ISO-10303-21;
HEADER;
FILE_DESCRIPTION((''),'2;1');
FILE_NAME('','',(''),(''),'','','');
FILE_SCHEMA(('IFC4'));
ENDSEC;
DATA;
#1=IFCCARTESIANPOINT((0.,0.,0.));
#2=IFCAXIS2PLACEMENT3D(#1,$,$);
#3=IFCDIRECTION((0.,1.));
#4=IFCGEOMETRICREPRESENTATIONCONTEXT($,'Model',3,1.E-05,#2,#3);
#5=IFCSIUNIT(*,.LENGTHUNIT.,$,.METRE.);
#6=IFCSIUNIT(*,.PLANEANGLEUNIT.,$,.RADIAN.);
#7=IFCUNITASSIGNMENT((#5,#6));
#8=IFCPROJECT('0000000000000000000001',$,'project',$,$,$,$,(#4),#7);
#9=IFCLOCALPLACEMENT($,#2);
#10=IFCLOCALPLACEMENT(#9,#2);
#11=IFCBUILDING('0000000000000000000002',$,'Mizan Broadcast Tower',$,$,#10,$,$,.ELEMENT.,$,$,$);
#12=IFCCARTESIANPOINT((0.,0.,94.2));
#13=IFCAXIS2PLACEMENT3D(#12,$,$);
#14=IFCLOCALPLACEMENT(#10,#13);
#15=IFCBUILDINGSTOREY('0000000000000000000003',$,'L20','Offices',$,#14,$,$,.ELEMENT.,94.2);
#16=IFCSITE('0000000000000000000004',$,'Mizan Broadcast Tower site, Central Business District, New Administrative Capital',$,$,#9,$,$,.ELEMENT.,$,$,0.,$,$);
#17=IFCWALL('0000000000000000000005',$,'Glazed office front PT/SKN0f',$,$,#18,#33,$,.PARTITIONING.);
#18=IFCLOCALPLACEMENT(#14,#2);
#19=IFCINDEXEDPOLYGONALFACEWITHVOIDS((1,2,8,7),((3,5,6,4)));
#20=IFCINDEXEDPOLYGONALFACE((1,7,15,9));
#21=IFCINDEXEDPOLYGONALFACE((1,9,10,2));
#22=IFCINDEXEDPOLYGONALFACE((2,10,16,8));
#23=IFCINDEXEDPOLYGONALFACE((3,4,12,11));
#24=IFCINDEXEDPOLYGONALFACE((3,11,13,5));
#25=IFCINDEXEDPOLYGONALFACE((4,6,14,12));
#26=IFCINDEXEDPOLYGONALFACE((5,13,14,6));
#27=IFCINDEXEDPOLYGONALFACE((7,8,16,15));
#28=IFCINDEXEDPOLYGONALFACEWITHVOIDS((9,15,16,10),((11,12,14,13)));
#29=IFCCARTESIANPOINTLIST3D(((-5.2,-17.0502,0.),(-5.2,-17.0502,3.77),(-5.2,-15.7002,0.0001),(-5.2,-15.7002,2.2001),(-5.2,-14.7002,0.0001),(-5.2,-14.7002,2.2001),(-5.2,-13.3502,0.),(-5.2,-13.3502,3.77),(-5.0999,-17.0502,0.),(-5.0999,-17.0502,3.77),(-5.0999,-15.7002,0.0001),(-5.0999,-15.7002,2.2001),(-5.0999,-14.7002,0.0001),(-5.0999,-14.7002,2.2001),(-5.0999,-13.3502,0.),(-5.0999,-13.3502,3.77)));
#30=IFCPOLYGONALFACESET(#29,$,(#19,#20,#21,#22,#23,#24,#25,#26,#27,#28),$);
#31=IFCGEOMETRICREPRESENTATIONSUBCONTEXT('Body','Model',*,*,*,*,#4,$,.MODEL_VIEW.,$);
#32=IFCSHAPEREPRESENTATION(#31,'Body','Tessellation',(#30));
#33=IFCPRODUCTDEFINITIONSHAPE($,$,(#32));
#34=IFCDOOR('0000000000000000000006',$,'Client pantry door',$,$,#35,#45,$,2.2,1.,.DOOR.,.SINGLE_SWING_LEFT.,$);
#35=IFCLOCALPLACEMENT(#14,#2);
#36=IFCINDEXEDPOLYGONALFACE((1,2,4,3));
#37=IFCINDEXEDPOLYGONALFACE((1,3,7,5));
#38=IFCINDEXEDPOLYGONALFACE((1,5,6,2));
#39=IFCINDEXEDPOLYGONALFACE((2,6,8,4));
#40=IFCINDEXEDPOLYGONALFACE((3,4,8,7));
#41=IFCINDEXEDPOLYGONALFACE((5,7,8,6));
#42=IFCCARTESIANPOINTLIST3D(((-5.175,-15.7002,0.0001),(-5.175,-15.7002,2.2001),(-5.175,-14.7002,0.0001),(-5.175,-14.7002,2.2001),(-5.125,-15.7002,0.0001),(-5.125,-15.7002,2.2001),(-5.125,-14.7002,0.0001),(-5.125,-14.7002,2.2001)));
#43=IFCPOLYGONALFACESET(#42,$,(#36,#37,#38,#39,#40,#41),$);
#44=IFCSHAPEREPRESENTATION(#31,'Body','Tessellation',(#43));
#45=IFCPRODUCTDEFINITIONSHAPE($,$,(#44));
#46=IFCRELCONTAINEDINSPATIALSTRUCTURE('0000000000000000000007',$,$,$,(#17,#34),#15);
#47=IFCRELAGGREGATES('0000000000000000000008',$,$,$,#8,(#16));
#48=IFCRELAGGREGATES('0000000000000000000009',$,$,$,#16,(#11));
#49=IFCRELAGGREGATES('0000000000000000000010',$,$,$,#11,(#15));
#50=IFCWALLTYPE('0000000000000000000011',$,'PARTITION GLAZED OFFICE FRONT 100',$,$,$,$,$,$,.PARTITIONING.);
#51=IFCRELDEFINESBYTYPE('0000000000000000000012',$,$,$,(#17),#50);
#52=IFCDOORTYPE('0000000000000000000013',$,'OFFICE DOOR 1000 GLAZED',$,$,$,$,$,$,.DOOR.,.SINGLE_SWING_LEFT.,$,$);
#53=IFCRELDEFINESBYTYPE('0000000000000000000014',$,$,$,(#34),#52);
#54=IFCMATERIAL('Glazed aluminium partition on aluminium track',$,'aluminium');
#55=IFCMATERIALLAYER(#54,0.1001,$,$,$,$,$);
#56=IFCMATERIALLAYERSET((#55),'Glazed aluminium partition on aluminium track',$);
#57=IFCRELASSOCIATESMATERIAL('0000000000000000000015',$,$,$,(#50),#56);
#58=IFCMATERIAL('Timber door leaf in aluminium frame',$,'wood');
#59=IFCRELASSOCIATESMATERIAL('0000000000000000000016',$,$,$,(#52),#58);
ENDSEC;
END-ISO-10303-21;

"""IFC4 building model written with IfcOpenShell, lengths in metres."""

from ifc_helpers import new_model, si_unit, direction, frame, frame_2d, origin, place, context, subcontext, project, spatial, rectangle, extrude, material, layer, layer_set, type_object, element, fill, save


model = new_model("IFC4")

# Units and contexts
model_context = context("Model", 3, precision=1e-05, world=origin(), true_north=direction((0.0, 1.0)))
body_context = subcontext(model_context, "Body", "Model", "MODEL_VIEW")
ifc_project = project(units=[si_unit("LENGTHUNIT", "METRE"), si_unit("PLANEANGLEUNIT", "RADIAN")], contexts=[model_context])

# Site, building, storey
site_placement = place(None, origin())
site = spatial("IfcSite", under=ifc_project, at=site_placement, Name="Mizan Broadcast Tower site, Central Business District, New Administrative Capital", CompositionType="ELEMENT", RefElevation=0.0)
building_placement = place(site_placement, origin())
building = spatial("IfcBuilding", under=site, at=building_placement, Name="Mizan Broadcast Tower", CompositionType="ELEMENT")
storey_placement = place(building_placement, frame((0.0, 0.0, 94.2)))
storey = spatial("IfcBuildingStorey", under=building, at=storey_placement, Name="L20", Description="Offices", CompositionType="ELEMENT", Elevation=94.2)

# Shared definitions
ifc_material_1 = material(Name="Glazed aluminium partition on aluminium track", Category="aluminium")
ifc_layer_1 = layer(ifc_material_1, 0.1001)
ifc_layer_set_1 = layer_set([ifc_layer_1], Name="Glazed aluminium partition on aluminium track")
wall_type_1 = type_object("IfcWallType", Name="PARTITION GLAZED OFFICE FRONT 100", PredefinedType="PARTITIONING", material=ifc_layer_set_1)

# Wall, opening, door
wall_1_placement = place(storey_placement, frame((-5.1499, -13.3501, 0.0), z_axis=(0.0, 0.0, 1.0), x_axis=(0.0, -1.0, 0.0)))
wall_1 = element("IfcWall", 1, at=wall_1_placement, inside=storey, type_object=wall_type_1, Name="Glazed office front PT/SKN0f", PredefinedType="PARTITIONING", context=body_context, shape_type="SweptSolid", body=[
    extrude(rectangle(XDim=3.7, YDim=0.1001, at=frame_2d((1.8501, 0.0))), origin(), (0.0, 0.0, 1.0), 3.77),
])
opening_placement = place(wall_1_placement, frame((1.3501, 0.0, 0.0)))
opening = element("IfcOpeningElement", 2, at=opening_placement, cuts=wall_1, PredefinedType="OPENING", context=body_context, shape_type="SweptSolid", body=[
    extrude(rectangle(XDim=1.0, YDim=2.2, at=frame_2d((0.5, 1.1001))), frame((0.0, 0.0601, 0.0), z_axis=(0.0, -1.0, 0.0), x_axis=(1.0, 0.0, 0.0)), (0.0, 0.0, 1.0), 0.1201),
])
ifc_material_2 = material(Name="Timber door leaf in aluminium frame", Category="wood")
door_type = type_object("IfcDoorType", Name="OFFICE DOOR 1000 GLAZED", OperationType="SINGLE_SWING_LEFT", PredefinedType="DOOR", material=ifc_material_2)
door_placement = place(opening_placement, origin())
door = element("IfcDoor", 3, at=door_placement, inside=storey, type_object=door_type, Name="Client pantry door", OperationType="SINGLE_SWING_LEFT", OverallHeight=2.2, OverallWidth=1.0, PredefinedType="DOOR", context=body_context, shape_type="SweptSolid", body=[
    extrude(rectangle(XDim=1.0, YDim=2.2, at=frame_2d((0.5, 1.1001))), frame((0.0, 0.0249, 0.0), z_axis=(0.0, -1.0, 0.0), x_axis=(1.0, 0.0, 0.0)), (0.0, 0.0, 1.0), 0.05),
])
fill(opening, door)

save(model, "model.ifc")
